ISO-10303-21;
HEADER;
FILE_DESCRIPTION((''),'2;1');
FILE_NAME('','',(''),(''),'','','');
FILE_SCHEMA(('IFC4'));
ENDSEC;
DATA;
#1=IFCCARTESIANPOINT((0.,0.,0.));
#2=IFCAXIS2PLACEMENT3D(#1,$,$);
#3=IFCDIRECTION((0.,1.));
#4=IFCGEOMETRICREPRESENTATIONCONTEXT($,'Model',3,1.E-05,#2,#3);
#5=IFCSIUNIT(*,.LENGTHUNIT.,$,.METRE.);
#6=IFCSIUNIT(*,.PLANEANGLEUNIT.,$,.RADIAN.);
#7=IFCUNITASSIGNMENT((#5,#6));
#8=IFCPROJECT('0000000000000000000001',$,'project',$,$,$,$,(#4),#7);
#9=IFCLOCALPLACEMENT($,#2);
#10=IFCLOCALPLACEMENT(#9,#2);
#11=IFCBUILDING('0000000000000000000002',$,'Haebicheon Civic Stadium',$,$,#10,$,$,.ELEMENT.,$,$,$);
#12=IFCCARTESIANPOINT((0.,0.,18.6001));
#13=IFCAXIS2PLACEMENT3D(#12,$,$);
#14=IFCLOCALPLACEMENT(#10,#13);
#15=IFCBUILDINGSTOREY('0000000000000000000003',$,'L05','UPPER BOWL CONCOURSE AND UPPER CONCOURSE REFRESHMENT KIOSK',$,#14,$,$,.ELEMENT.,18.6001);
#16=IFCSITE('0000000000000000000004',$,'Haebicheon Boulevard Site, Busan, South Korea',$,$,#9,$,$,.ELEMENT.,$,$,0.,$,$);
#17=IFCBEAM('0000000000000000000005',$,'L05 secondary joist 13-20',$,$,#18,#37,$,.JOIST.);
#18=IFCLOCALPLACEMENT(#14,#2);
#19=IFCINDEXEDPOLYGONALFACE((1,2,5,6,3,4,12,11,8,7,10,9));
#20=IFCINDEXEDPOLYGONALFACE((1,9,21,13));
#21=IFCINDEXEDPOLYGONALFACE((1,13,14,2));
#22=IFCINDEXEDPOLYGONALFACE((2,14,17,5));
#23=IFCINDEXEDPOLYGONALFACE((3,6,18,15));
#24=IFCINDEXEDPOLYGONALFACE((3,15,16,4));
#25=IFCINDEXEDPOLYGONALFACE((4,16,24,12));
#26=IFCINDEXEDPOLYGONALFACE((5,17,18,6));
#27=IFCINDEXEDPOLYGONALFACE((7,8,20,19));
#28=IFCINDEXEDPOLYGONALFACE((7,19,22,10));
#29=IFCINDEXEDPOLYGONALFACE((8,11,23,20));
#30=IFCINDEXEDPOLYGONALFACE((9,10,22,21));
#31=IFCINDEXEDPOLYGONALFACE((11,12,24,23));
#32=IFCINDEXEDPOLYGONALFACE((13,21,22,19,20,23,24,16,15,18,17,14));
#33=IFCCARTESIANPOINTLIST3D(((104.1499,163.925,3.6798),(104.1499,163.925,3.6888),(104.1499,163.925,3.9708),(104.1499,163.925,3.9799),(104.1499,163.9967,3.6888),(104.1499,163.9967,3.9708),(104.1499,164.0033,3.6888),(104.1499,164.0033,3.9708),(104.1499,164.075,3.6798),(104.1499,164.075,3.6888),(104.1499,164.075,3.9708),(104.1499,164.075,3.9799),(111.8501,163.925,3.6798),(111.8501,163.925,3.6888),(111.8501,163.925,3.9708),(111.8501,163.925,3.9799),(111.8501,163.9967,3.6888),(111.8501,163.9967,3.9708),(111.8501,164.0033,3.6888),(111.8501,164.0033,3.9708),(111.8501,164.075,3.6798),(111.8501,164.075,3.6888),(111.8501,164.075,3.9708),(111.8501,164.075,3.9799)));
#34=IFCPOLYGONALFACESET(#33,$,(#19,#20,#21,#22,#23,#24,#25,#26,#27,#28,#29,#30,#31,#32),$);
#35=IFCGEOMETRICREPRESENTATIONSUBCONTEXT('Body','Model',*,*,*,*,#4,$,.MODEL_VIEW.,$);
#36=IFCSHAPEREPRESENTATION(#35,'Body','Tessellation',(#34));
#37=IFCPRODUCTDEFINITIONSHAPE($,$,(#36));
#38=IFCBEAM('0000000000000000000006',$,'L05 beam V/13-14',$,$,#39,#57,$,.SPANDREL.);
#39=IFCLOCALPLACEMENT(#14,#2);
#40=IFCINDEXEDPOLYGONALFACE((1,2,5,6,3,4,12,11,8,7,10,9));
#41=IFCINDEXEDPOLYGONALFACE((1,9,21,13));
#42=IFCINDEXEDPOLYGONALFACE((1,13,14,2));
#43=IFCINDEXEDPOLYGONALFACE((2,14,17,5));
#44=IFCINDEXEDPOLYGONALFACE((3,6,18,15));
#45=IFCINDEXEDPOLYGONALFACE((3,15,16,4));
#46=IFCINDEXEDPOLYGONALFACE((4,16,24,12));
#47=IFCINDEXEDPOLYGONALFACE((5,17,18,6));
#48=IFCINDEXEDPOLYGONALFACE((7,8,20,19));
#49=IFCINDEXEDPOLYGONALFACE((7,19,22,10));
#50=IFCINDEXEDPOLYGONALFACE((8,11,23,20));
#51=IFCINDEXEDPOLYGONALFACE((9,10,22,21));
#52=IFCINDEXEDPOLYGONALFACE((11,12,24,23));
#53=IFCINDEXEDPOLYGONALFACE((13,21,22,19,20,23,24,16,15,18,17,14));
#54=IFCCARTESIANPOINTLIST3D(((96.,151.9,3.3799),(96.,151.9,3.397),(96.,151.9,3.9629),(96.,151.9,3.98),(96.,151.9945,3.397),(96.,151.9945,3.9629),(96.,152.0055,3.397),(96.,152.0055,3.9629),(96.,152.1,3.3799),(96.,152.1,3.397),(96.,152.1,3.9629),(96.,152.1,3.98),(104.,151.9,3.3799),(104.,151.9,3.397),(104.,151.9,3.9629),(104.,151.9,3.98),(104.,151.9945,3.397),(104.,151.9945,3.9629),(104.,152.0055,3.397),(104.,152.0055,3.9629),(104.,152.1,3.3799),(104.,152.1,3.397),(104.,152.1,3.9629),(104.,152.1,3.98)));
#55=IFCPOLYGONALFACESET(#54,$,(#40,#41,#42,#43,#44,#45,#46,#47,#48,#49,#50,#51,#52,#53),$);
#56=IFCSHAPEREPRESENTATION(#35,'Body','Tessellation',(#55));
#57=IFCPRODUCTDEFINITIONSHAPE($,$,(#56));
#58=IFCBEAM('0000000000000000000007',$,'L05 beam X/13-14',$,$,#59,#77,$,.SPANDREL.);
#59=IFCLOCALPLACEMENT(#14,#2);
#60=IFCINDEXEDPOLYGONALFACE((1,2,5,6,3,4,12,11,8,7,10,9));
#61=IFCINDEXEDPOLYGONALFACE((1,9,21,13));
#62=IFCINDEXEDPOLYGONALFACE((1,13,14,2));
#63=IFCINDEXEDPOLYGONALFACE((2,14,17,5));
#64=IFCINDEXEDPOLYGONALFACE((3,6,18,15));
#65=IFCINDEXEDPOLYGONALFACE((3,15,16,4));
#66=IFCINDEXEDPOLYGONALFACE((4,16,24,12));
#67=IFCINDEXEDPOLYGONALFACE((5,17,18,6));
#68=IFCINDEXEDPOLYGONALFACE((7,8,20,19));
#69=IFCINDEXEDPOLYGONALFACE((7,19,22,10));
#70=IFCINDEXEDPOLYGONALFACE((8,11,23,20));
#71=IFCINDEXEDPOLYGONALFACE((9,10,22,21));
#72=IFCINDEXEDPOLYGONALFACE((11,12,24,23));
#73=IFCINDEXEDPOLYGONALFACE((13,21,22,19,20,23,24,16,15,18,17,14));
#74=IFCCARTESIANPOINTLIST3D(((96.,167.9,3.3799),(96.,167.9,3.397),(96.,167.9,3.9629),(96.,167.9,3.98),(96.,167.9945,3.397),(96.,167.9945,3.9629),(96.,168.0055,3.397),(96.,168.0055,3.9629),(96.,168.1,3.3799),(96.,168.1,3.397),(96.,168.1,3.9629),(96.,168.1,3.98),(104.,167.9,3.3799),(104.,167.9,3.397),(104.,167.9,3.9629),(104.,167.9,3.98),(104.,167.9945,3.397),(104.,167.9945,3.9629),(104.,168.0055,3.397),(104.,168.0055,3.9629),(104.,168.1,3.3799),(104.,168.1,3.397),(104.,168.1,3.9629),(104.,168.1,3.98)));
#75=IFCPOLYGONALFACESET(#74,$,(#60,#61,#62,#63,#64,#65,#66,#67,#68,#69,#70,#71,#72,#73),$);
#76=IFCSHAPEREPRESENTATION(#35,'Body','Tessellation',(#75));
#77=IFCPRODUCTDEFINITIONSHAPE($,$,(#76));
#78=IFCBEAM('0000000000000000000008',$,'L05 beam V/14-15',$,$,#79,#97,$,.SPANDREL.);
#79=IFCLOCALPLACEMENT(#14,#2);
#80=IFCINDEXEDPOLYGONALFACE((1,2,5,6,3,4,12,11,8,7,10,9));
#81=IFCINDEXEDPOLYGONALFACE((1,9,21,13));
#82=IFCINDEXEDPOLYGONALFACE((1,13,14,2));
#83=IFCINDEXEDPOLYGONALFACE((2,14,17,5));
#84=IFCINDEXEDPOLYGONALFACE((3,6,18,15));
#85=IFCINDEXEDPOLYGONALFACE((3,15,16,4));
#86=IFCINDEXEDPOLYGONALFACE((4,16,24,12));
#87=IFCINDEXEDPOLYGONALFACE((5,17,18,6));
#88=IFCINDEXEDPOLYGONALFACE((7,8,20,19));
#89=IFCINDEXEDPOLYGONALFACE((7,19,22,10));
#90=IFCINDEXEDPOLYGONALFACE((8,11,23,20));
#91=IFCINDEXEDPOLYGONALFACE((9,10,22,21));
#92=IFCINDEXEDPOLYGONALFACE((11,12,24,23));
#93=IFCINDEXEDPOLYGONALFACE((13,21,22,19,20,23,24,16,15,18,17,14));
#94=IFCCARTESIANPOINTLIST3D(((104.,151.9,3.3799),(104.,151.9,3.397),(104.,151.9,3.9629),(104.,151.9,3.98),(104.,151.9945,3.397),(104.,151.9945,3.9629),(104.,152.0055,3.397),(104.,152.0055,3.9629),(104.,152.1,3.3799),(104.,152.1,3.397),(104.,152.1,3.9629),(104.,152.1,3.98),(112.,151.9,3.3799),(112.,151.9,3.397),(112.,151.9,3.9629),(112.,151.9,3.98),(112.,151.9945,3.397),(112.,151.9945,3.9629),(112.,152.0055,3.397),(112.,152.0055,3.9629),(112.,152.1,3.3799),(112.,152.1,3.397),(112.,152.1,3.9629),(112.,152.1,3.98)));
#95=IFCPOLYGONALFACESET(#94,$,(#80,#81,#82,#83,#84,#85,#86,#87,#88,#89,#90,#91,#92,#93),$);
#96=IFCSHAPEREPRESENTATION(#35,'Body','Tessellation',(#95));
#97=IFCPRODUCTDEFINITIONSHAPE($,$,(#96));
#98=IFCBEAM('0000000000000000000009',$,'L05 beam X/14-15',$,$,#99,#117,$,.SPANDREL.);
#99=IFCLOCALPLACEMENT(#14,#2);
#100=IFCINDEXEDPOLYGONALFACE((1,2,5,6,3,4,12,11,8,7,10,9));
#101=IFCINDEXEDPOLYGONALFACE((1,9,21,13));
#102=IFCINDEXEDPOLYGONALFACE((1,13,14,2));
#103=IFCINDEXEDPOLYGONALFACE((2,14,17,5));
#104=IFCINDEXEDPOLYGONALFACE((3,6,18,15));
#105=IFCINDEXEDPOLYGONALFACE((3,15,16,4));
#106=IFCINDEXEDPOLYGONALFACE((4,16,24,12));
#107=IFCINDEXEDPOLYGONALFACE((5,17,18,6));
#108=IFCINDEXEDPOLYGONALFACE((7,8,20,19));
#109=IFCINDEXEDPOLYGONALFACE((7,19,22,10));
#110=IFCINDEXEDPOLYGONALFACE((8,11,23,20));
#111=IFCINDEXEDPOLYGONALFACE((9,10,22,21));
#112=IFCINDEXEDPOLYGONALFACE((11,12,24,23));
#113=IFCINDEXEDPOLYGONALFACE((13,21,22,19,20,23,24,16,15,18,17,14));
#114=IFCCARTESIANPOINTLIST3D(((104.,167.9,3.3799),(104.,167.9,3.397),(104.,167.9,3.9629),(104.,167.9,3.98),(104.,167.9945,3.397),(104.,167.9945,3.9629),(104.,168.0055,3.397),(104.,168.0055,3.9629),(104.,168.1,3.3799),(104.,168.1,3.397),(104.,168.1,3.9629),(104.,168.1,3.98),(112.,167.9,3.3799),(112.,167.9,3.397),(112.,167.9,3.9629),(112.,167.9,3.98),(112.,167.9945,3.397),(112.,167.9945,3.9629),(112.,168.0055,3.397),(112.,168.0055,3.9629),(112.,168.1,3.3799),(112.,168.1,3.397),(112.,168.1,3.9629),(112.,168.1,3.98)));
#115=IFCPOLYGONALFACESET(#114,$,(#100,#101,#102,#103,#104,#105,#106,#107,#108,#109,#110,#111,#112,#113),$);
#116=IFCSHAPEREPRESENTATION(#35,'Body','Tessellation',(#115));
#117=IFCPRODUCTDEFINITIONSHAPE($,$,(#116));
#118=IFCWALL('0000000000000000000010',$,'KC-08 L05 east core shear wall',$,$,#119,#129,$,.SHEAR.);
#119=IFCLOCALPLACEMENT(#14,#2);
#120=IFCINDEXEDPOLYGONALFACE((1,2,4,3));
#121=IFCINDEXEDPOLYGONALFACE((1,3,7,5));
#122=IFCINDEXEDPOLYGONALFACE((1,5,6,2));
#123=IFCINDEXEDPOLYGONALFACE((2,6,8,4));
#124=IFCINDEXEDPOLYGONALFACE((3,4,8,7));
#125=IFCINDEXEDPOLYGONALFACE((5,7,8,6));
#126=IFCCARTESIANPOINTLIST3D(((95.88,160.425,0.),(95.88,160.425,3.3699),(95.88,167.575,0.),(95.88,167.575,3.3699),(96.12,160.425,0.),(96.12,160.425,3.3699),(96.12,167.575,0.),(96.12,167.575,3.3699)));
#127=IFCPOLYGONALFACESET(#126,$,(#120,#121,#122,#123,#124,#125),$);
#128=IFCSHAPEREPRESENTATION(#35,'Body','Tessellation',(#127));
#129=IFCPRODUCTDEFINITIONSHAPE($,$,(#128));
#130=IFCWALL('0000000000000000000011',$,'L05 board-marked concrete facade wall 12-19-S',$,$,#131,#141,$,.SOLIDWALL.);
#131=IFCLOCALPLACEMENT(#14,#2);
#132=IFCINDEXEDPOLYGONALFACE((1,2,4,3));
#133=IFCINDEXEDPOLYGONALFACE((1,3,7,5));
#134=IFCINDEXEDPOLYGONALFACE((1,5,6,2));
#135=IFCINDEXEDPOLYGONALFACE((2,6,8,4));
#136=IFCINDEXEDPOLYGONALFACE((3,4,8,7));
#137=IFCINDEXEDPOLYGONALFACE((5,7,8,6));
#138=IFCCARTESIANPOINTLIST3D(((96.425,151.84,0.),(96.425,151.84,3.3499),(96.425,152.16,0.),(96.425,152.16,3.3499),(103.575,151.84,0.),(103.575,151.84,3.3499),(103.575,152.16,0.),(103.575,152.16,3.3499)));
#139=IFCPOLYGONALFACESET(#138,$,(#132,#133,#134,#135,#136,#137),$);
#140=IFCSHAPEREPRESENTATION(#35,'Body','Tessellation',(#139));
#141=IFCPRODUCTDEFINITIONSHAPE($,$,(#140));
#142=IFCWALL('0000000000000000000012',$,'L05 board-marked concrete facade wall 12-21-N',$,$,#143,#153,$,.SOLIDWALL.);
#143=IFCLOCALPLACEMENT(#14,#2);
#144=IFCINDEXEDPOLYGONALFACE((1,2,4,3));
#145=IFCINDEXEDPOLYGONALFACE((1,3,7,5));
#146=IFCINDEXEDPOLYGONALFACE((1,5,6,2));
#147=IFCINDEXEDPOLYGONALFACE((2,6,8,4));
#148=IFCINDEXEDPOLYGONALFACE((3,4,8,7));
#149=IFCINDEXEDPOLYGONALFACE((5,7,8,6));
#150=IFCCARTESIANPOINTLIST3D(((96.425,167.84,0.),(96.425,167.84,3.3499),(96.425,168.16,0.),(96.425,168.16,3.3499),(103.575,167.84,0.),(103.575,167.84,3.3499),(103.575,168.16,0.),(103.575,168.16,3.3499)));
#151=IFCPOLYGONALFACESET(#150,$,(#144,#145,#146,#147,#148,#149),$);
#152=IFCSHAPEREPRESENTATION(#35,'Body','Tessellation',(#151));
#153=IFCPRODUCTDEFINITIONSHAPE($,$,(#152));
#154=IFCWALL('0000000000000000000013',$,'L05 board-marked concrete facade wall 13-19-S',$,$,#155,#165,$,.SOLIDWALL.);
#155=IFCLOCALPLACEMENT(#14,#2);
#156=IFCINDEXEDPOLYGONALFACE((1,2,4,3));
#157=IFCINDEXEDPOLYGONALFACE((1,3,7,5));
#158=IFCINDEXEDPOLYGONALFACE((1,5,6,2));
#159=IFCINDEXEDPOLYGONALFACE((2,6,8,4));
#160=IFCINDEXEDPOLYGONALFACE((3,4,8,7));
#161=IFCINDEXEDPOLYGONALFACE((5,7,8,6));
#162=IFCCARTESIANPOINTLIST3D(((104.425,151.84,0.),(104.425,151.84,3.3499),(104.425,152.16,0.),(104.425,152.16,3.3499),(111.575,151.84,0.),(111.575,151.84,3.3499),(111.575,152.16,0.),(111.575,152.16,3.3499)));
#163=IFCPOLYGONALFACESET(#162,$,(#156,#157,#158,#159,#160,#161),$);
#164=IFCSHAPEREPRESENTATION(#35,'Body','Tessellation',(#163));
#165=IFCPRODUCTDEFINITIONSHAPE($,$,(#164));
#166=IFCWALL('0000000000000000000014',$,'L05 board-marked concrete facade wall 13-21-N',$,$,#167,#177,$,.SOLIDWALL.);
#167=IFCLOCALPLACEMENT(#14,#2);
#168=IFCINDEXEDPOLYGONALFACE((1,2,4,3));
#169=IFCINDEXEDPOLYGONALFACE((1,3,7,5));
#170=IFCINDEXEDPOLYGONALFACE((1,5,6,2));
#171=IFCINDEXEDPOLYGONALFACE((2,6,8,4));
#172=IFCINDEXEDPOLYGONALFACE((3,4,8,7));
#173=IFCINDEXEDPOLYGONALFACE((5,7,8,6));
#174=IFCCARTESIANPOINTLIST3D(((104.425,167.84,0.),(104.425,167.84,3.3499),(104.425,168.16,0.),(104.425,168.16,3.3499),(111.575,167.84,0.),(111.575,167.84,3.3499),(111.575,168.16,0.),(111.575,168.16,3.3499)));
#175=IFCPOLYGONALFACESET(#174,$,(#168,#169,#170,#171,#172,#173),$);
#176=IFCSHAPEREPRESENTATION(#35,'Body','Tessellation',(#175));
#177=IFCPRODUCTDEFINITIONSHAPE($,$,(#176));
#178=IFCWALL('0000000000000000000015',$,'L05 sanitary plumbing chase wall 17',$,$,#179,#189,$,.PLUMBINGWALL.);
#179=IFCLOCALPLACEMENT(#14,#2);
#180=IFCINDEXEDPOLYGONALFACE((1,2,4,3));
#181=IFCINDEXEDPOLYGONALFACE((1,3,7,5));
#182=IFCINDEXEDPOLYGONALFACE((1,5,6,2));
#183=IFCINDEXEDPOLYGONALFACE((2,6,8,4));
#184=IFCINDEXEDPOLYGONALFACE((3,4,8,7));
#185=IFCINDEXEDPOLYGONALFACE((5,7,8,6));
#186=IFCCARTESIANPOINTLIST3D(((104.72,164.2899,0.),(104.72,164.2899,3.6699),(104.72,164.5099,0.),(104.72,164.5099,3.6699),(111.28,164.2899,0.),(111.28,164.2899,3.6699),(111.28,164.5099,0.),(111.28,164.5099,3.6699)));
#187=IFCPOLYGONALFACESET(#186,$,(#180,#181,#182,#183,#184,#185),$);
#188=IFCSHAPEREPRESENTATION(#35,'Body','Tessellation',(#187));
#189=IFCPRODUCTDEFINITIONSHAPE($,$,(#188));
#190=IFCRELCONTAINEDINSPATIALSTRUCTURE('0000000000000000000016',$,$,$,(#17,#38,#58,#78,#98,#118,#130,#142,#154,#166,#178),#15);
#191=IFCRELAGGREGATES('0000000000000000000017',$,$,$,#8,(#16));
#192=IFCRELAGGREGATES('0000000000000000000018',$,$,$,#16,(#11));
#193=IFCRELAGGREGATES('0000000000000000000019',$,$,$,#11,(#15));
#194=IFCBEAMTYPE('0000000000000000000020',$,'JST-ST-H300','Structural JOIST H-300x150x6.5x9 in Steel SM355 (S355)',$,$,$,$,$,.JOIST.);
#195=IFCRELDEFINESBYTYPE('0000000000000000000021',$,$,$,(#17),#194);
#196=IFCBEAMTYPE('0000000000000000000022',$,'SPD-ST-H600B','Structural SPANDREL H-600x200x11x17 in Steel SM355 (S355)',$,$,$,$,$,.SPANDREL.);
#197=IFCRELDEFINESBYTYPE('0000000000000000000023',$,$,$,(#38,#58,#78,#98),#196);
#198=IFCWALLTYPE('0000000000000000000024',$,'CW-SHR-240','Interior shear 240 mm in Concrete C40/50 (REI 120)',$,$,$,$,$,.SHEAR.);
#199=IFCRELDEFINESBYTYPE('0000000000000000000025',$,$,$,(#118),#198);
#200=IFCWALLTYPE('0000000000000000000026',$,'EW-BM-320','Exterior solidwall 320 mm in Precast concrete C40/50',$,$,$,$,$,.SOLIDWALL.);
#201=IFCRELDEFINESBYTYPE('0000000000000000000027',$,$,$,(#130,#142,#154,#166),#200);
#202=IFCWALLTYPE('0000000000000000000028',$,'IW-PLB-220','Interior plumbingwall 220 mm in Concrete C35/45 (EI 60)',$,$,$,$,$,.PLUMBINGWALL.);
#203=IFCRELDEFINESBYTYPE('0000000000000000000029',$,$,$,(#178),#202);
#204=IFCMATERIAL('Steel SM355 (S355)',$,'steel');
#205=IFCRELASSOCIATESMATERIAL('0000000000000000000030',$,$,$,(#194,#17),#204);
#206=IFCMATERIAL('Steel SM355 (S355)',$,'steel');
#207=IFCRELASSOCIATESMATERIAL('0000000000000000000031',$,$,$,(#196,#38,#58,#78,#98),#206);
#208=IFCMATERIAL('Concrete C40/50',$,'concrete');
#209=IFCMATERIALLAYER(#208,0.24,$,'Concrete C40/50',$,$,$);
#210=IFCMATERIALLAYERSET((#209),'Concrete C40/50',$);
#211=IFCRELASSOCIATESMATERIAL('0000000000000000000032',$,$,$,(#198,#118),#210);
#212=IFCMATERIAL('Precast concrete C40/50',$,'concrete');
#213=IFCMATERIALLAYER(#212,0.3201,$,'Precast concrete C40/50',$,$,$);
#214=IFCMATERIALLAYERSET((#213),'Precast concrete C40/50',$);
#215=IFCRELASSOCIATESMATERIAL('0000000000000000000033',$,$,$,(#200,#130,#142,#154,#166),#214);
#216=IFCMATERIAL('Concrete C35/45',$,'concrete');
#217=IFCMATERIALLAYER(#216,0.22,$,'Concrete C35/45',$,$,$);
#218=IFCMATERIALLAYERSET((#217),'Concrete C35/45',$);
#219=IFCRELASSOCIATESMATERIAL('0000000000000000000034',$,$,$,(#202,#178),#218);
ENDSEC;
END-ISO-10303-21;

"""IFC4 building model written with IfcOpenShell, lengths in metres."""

from ifc_helpers import new_model, si_unit, direction, frame, frame_2d, origin, origin_2d, place, context, subcontext, project, spatial, rectangle, i_section, extrude, material, layer, layer_set, material_profile, profile_set, type_object, element, save


model = new_model("IFC4")

# Units and contexts
model_context = context("Model", 3, precision=1e-05, world=origin(), true_north=direction((0.0, 1.0)))
body_context = subcontext(model_context, "Body", "Model", "MODEL_VIEW")
ifc_project = project(units=[si_unit("LENGTHUNIT", "METRE"), si_unit("PLANEANGLEUNIT", "RADIAN")], contexts=[model_context])

# Site, building, storey
site_placement = place(None, origin())
site = spatial("IfcSite", under=ifc_project, at=site_placement, Name="Haebicheon Boulevard Site, Busan, South Korea", CompositionType="ELEMENT", RefElevation=0.0)
building_placement = place(site_placement, origin())
building = spatial("IfcBuilding", under=site, at=building_placement, Name="Haebicheon Civic Stadium", CompositionType="ELEMENT")
storey_placement = place(building_placement, frame((0.0, 0.0, 18.6001)))
storey = spatial("IfcBuildingStorey", under=building, at=storey_placement, Name="L05", Description="UPPER BOWL CONCOURSE AND UPPER CONCOURSE REFRESHMENT KIOSK", CompositionType="ELEMENT", Elevation=18.6001)

# Beams
ifc_material_1 = material(Name="Steel SM355 (S355)", Category="steel")
ifc_material_profile_1 = material_profile(ifc_material_1, i_section(OverallWidth=0.1499, OverallDepth=0.3, WebThickness=0.0066, FlangeThickness=0.009, at=origin_2d()), Name="H-300x150x6.5x9")
ifc_profile_set_1 = profile_set([ifc_material_profile_1], Name="Steel SM355 (S355)")
beam_type_1 = type_object("IfcBeamType", Name="JST-ST-H300", Description="Structural JOIST H-300x150x6.5x9 in Steel SM355 (S355)", PredefinedType="JOIST", material=ifc_profile_set_1)
for number, where, z_axis, x_axis, name in (
    (1, (104.1499, 164.0, 3.8298), (1.0, 0.0, 0.0), (0.0, 1.0, 0.0), "L05 secondary joist 13-20"),
):
    element("IfcBeam", number, at=place(storey_placement, frame(where, z_axis=z_axis, x_axis=x_axis)), inside=storey, type_object=beam_type_1, material=ifc_profile_set_1, Name=name, PredefinedType="JOIST", context=body_context, shape_type="SweptSolid", body=[
        extrude(i_section(OverallWidth=0.1499, OverallDepth=0.3, WebThickness=0.0066, FlangeThickness=0.009, at=origin_2d()), origin(), (0.0, 0.0, 1.0), 7.7002),
    ])
ifc_material_2 = material(Name="Steel SM355 (S355)", Category="steel")
ifc_material_profile_2 = material_profile(ifc_material_2, i_section(OverallWidth=0.2, OverallDepth=0.6001, WebThickness=0.011, FlangeThickness=0.0171, at=origin_2d()), Name="H-600x200x11x17")
ifc_profile_set_2 = profile_set([ifc_material_profile_2], Name="Steel SM355 (S355)")
beam_type_2 = type_object("IfcBeamType", Name="SPD-ST-H600B", Description="Structural SPANDREL H-600x200x11x17 in Steel SM355 (S355)", PredefinedType="SPANDREL", material=ifc_profile_set_2)
for number, where, z_axis, x_axis, name in (
    (2, (96.0, 152.0, 3.6799), (1.0, 0.0, 0.0), (0.0, 1.0, 0.0), "L05 beam V/13-14"),
    (3, (96.0, 168.0, 3.6799), (1.0, 0.0, 0.0), (0.0, 1.0, 0.0), "L05 beam X/13-14"),
    (4, (104.0, 152.0, 3.6799), (1.0, 0.0, 0.0), (0.0, 1.0, 0.0), "L05 beam V/14-15"),
    (5, (104.0, 168.0, 3.6799), (1.0, 0.0, 0.0), (0.0, 1.0, 0.0), "L05 beam X/14-15"),
):
    element("IfcBeam", number, at=place(storey_placement, frame(where, z_axis=z_axis, x_axis=x_axis)), inside=storey, type_object=beam_type_2, material=ifc_profile_set_2, Name=name, PredefinedType="SPANDREL", context=body_context, shape_type="SweptSolid", body=[
        extrude(i_section(OverallWidth=0.2, OverallDepth=0.6001, WebThickness=0.011, FlangeThickness=0.0171, at=origin_2d()), origin(), (0.0, 0.0, 1.0), 8.0),
    ])

# Walls
ifc_material_3 = material(Name="Concrete C40/50", Category="concrete")
ifc_layer_1 = layer(ifc_material_3, 0.24, Name="Concrete C40/50")
ifc_layer_set_1 = layer_set([ifc_layer_1], Name="Concrete C40/50")
wall_type_1 = type_object("IfcWallType", Name="CW-SHR-240", Description="Interior shear 240 mm in Concrete C40/50 (REI 120)", PredefinedType="SHEAR", material=ifc_layer_set_1)
wall_1_placement = place(storey_placement, frame((96.0, 160.425, 0.0), z_axis=(0.0, 0.0, 1.0), x_axis=(0.0, 1.0, 0.0)))
element("IfcWall", 6, at=wall_1_placement, inside=storey, type_object=wall_type_1, material=ifc_layer_set_1, Name="KC-08 L05 east core shear wall", PredefinedType="SHEAR", context=body_context, shape_type="SweptSolid", body=[
    extrude(rectangle(XDim=7.1499, YDim=0.24, at=frame_2d((3.575, 0.0))), origin(), (0.0, 0.0, 1.0), 3.3699),
])
ifc_material_4 = material(Name="Precast concrete C40/50", Category="concrete")
ifc_layer_2 = layer(ifc_material_4, 0.3201, Name="Precast concrete C40/50")
ifc_layer_set_2 = layer_set([ifc_layer_2], Name="Precast concrete C40/50")
wall_type_2 = type_object("IfcWallType", Name="EW-BM-320", Description="Exterior solidwall 320 mm in Precast concrete C40/50", PredefinedType="SOLIDWALL", material=ifc_layer_set_2)
for number, where, z_axis, x_axis, name in (
    (7, (96.425, 152.0, 0.0), (0.0, 0.0, 1.0), (1.0, 0.0, 0.0), "L05 board-marked concrete facade wall 12-19-S"),
    (8, (96.425, 168.0, 0.0), (0.0, 0.0, 1.0), (1.0, 0.0, 0.0), "L05 board-marked concrete facade wall 12-21-N"),
    (9, (104.425, 152.0, 0.0), (0.0, 0.0, 1.0), (1.0, 0.0, 0.0), "L05 board-marked concrete facade wall 13-19-S"),
    (10, (104.425, 168.0, 0.0), (0.0, 0.0, 1.0), (1.0, 0.0, 0.0), "L05 board-marked concrete facade wall 13-21-N"),
):
    element("IfcWall", number, at=place(storey_placement, frame(where, z_axis=z_axis, x_axis=x_axis)), inside=storey, type_object=wall_type_2, material=ifc_layer_set_2, Name=name, PredefinedType="SOLIDWALL", context=body_context, shape_type="SweptSolid", body=[
        extrude(rectangle(XDim=7.1499, YDim=0.3201, at=frame_2d((3.575, 0.0))), origin(), (0.0, 0.0, 1.0), 3.3499),
    ])
ifc_material_5 = material(Name="Concrete C35/45", Category="concrete")
ifc_layer_3 = layer(ifc_material_5, 0.22, Name="Concrete C35/45")
ifc_layer_set_3 = layer_set([ifc_layer_3], Name="Concrete C35/45")
wall_type_3 = type_object("IfcWallType", Name="IW-PLB-220", Description="Interior plumbingwall 220 mm in Concrete C35/45 (EI 60)", PredefinedType="PLUMBINGWALL", material=ifc_layer_set_3)
wall_2_placement = place(storey_placement, frame((104.72, 164.3999, 0.0), z_axis=(0.0, 0.0, 1.0), x_axis=(1.0, 0.0, 0.0)))
element("IfcWall", 11, at=wall_2_placement, inside=storey, type_object=wall_type_3, material=ifc_layer_set_3, Name="L05 sanitary plumbing chase wall 17", PredefinedType="PLUMBINGWALL", context=body_context, shape_type="SweptSolid", body=[
    extrude(rectangle(XDim=6.5601, YDim=0.22, at=frame_2d((3.28, 0.0))), origin(), (0.0, 0.0, 1.0), 3.6699),
])

save(model, "model.ifc")
